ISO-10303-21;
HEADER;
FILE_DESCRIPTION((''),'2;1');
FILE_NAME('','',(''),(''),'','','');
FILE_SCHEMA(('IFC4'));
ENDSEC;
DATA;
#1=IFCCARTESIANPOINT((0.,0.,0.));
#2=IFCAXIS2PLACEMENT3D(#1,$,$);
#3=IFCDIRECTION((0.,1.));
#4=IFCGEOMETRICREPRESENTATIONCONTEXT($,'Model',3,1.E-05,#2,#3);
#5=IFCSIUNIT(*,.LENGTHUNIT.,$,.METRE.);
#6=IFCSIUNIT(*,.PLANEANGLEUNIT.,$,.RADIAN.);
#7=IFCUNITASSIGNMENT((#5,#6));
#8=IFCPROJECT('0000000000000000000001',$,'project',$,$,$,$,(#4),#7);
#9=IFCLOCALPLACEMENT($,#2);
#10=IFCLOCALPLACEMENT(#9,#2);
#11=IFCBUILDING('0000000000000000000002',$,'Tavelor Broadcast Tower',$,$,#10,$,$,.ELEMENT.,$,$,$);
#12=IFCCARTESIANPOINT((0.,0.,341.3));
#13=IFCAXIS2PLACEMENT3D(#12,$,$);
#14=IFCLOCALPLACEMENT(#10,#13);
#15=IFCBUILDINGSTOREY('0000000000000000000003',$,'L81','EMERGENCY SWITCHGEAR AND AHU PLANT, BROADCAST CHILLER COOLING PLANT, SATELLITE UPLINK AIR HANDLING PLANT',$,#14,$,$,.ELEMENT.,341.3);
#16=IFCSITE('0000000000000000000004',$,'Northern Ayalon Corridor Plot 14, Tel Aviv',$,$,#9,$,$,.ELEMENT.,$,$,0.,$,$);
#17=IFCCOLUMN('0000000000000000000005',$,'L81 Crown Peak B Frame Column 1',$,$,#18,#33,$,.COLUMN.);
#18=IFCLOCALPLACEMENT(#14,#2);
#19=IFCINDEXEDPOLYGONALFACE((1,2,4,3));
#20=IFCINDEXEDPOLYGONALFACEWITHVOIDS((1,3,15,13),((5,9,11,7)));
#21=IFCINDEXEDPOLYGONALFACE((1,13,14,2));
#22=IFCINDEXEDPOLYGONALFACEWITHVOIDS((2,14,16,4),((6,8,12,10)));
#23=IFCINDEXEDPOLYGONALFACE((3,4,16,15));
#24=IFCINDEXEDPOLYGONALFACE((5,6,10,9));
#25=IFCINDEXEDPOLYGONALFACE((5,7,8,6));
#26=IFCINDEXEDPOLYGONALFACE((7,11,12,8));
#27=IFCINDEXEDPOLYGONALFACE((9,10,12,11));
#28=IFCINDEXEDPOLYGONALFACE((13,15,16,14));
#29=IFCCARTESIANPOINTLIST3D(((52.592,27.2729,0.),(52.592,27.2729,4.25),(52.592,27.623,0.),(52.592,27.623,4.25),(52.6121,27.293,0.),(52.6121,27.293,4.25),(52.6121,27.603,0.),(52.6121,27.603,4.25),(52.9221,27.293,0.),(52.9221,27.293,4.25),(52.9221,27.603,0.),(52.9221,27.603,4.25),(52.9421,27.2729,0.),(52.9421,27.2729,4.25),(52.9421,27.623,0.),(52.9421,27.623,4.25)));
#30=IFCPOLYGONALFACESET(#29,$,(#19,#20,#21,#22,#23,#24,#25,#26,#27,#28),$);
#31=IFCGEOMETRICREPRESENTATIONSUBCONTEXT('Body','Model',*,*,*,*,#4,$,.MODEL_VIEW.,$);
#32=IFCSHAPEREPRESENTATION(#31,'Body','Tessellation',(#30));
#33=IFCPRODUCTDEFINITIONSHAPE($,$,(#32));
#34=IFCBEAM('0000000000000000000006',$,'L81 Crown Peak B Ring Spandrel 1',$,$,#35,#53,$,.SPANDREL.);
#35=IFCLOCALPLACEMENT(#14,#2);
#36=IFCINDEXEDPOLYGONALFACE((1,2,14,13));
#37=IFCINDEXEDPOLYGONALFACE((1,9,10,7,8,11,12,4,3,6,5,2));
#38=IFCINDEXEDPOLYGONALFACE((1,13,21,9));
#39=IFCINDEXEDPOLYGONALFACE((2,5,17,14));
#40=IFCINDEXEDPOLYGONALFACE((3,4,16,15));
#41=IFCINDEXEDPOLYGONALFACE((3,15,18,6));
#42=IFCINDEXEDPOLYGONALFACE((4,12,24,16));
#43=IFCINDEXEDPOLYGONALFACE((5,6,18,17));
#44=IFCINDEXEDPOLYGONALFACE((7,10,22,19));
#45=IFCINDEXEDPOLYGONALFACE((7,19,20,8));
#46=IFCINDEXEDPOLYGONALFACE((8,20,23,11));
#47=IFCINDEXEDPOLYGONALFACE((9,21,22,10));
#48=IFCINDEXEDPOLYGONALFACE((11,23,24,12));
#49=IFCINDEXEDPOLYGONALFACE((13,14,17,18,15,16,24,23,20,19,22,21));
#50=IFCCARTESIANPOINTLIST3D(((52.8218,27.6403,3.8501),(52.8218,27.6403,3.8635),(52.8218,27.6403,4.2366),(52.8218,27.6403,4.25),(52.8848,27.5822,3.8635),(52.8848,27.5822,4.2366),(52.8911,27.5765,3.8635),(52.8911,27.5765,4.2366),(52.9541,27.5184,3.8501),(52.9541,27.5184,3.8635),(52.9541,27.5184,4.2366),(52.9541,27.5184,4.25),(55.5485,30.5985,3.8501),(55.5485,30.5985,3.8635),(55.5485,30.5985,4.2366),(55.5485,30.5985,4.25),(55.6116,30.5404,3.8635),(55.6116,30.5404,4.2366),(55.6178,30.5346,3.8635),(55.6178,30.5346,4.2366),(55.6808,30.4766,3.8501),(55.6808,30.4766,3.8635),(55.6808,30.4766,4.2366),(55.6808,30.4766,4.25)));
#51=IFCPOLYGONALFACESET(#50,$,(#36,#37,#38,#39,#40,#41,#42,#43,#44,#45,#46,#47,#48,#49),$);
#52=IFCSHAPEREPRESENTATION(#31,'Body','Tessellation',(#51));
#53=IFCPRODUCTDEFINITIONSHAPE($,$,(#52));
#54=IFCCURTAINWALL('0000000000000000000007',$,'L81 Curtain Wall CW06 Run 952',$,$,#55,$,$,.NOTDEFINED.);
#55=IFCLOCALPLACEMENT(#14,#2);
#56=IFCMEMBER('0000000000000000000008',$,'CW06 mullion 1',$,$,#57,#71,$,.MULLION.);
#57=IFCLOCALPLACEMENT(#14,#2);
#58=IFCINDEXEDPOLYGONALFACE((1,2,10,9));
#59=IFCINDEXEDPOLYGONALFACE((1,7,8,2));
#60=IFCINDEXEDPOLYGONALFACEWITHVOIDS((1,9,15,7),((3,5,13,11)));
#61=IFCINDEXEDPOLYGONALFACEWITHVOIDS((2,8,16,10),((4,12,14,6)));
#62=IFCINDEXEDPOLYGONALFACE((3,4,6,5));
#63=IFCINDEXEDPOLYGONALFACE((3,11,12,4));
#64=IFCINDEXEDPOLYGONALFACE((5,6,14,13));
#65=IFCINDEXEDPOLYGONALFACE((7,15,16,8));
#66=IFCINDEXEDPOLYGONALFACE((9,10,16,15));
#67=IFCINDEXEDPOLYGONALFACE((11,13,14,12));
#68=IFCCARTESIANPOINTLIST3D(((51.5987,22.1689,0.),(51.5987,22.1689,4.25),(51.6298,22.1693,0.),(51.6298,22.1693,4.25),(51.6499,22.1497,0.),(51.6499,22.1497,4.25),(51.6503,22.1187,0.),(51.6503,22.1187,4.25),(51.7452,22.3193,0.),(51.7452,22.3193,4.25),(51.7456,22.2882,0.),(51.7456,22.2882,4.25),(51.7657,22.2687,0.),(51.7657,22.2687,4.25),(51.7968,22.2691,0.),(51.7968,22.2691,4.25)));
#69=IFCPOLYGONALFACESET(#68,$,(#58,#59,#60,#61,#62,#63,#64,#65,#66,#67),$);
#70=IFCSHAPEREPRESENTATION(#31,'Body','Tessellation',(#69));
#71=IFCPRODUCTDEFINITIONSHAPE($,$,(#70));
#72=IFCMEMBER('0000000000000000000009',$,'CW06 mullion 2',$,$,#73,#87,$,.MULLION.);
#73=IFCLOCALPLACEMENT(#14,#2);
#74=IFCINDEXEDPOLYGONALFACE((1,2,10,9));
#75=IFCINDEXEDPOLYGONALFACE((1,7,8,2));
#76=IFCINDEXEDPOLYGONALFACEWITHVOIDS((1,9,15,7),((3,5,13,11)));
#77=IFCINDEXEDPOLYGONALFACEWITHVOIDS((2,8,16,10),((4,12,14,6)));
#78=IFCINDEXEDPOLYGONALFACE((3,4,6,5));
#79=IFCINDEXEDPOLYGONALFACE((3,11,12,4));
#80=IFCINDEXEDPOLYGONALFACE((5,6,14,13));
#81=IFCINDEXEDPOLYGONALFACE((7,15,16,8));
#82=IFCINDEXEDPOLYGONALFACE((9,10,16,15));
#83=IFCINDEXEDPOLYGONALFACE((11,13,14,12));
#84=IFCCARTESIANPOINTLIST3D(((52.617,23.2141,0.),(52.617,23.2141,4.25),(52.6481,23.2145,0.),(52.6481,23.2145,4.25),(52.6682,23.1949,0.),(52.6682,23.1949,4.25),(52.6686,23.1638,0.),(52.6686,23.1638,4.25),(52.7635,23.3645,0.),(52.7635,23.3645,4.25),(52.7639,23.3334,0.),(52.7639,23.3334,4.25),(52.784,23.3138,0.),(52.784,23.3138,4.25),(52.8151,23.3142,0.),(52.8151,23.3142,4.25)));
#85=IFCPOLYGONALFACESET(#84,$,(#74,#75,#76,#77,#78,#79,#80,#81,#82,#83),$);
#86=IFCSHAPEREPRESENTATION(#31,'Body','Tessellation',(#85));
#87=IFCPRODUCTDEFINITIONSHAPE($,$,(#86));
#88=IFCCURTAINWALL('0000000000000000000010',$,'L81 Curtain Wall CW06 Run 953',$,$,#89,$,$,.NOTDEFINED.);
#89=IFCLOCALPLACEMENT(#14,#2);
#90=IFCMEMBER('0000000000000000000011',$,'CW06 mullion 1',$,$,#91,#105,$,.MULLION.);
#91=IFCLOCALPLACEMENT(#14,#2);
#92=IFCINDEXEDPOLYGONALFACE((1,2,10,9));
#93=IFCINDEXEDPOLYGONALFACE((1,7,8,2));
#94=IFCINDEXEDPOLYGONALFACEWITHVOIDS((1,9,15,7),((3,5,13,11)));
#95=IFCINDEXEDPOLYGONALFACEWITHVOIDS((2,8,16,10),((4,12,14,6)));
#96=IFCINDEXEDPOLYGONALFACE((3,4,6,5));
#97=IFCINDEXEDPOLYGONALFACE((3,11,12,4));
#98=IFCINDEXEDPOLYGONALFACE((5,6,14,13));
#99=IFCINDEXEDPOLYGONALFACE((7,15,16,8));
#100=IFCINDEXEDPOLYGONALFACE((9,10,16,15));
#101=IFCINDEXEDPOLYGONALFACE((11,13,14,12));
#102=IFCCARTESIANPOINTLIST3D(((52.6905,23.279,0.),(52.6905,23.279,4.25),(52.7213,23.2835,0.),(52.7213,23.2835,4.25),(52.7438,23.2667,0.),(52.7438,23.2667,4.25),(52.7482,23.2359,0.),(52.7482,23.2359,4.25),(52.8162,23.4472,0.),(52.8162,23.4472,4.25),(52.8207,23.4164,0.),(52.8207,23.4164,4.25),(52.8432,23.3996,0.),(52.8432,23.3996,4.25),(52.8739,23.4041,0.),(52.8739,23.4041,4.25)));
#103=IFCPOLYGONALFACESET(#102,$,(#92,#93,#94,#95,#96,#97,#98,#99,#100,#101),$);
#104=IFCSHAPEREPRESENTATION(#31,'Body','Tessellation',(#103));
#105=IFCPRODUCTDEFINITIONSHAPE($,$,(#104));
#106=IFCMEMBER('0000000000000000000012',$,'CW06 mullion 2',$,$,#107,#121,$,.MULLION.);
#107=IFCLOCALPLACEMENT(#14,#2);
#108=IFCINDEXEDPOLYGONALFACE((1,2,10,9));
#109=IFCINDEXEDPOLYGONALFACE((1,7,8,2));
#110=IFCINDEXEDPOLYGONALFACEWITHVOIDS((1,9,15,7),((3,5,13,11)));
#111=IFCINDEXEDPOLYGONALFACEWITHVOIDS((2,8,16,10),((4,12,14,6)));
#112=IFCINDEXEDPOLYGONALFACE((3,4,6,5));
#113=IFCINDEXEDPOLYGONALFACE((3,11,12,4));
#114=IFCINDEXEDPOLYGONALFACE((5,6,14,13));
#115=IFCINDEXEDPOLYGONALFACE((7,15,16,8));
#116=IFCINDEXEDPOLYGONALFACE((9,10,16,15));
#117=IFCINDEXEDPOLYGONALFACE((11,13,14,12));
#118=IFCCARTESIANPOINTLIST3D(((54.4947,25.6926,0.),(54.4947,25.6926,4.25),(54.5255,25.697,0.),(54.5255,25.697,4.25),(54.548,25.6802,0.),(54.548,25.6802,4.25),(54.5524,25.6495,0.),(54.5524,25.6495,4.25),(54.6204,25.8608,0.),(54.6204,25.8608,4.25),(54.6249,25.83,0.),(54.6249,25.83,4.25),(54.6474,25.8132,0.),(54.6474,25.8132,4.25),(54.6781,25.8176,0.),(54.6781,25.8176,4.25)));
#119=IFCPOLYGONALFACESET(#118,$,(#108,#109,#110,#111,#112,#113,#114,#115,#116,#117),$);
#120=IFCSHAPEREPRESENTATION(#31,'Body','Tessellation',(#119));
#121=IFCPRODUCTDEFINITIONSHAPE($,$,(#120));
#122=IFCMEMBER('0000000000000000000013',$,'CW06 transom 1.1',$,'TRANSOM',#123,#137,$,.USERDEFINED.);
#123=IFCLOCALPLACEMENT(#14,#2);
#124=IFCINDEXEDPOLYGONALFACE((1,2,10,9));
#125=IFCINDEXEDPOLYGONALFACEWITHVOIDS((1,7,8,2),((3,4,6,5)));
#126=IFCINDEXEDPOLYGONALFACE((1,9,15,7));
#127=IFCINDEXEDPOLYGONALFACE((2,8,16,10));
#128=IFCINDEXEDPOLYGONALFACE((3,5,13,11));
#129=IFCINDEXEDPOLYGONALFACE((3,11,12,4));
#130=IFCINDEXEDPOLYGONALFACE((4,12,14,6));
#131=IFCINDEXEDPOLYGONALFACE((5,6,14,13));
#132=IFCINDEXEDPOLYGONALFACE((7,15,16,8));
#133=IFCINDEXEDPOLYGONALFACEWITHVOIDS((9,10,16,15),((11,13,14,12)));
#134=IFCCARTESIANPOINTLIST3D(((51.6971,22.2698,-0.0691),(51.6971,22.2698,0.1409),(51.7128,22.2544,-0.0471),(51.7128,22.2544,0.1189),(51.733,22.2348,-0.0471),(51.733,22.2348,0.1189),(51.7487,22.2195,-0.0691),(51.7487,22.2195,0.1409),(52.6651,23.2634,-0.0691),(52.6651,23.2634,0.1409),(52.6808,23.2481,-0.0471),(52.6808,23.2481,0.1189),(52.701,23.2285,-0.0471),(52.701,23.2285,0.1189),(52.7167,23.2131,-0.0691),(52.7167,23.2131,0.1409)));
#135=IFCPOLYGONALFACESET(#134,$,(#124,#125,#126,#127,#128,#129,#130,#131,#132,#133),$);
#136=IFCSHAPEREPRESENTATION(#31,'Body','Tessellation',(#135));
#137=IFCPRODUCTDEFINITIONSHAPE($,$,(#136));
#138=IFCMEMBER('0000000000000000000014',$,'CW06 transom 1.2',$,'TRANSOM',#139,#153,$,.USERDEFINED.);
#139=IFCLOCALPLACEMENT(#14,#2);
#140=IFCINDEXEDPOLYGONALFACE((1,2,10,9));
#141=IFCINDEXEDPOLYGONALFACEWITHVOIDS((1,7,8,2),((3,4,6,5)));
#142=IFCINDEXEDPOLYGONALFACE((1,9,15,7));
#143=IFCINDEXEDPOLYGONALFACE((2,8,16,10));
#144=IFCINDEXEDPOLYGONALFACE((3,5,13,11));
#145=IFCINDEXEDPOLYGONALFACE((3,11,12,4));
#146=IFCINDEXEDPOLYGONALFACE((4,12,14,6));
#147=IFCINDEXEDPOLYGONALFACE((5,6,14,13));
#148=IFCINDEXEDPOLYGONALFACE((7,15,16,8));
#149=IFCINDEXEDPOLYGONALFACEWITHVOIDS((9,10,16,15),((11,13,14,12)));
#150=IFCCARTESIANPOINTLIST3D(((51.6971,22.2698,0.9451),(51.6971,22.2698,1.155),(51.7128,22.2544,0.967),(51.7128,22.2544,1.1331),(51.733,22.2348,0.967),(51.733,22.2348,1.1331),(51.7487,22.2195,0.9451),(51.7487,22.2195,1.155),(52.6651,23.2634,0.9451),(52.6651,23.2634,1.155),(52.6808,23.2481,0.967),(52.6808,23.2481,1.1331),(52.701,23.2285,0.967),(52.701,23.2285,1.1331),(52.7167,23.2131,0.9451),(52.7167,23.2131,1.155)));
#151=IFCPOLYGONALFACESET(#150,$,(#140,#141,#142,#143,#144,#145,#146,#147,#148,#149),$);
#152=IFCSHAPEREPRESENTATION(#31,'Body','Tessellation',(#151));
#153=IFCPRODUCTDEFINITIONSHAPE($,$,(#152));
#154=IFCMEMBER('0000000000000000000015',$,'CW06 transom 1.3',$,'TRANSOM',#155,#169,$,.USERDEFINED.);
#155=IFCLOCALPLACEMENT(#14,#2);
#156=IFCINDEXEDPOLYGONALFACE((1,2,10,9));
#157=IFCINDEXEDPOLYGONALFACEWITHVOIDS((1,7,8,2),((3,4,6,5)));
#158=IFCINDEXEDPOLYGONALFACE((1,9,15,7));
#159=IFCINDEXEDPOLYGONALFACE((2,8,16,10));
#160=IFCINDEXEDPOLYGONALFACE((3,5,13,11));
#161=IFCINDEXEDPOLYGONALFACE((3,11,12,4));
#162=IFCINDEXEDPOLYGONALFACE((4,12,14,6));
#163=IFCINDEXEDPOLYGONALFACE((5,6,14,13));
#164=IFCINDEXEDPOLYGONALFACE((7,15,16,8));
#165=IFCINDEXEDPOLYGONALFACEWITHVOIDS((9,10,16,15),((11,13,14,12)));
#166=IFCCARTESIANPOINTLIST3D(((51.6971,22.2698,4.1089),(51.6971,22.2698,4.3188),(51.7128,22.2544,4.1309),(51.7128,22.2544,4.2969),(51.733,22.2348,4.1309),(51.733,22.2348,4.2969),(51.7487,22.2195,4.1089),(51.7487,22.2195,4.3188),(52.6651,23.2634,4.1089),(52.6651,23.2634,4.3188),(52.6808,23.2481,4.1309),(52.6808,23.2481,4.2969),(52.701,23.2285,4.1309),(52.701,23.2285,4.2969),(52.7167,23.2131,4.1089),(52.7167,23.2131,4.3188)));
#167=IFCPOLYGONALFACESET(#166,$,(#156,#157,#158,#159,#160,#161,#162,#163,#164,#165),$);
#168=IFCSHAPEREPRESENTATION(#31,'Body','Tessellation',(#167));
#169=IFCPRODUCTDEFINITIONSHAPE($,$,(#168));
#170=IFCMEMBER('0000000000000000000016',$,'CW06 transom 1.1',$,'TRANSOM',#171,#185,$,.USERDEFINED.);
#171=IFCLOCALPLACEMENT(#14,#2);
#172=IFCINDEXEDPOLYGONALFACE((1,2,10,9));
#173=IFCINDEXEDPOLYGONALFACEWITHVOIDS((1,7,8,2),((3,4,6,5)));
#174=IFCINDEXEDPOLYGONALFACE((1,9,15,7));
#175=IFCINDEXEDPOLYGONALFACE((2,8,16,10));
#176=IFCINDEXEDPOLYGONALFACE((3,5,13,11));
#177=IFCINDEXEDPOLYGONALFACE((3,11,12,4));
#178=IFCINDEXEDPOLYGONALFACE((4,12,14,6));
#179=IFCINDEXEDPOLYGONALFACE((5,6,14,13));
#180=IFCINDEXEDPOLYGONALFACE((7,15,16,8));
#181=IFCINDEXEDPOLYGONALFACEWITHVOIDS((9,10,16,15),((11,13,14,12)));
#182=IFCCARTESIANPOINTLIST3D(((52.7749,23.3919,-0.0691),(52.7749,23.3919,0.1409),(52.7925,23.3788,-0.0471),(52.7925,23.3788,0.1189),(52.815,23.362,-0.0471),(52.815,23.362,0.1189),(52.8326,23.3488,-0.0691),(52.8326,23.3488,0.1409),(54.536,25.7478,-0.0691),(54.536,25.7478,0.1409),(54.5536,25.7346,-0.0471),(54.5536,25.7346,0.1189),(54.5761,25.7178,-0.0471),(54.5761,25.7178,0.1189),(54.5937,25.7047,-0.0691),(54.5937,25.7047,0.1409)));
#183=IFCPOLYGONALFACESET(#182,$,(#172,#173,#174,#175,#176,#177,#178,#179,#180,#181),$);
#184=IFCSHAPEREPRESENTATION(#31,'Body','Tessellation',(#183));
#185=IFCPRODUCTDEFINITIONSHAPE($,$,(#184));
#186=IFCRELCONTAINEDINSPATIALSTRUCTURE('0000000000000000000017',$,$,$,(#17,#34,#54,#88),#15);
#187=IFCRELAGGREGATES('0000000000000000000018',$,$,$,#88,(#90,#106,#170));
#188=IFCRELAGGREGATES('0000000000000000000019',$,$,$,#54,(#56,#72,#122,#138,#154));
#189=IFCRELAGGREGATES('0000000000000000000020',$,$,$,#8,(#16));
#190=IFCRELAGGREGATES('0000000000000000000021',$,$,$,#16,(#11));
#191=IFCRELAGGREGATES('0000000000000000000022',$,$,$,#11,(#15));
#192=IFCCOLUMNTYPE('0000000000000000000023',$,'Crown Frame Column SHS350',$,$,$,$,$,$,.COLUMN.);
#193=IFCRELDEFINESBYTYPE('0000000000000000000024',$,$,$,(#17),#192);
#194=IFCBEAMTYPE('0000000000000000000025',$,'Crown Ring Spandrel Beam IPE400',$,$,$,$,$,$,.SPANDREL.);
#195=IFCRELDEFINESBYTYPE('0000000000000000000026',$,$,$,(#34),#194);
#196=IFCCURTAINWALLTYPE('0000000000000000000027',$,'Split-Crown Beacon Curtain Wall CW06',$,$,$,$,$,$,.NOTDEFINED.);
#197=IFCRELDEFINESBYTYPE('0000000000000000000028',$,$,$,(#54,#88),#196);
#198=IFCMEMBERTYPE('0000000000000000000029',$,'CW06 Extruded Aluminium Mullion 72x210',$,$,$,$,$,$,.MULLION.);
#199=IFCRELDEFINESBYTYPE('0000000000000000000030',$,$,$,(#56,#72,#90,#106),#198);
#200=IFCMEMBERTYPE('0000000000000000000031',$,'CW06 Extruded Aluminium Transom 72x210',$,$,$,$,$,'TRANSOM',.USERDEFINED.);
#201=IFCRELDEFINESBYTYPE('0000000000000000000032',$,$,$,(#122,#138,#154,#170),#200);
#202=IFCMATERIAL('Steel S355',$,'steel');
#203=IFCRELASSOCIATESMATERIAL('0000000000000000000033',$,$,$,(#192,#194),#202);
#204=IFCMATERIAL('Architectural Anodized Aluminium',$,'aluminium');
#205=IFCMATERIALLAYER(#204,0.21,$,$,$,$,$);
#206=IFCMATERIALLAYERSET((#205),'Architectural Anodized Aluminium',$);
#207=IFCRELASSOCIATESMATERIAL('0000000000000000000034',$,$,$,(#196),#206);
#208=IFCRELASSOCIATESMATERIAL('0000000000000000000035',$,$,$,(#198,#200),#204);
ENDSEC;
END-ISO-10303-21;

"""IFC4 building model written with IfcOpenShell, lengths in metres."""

from ifc_helpers import new_model, si_unit, direction, frame, origin, origin_2d, place, context, subcontext, project, spatial, hollow_rectangle, i_section, extrude, source, transform, mapped, material, layer, layer_set, material_profile, profile_set, type_object, type_shapes, element, aggregate, save


model = new_model("IFC4")

# Units and contexts
model_context = context("Model", 3, precision=1e-05, world=origin(), true_north=direction((0.0, 1.0)))
body_context = subcontext(model_context, "Body", "Model", "MODEL_VIEW")
ifc_project = project(units=[si_unit("LENGTHUNIT", "METRE"), si_unit("PLANEANGLEUNIT", "RADIAN")], contexts=[model_context])

# Site, building, storey
site_placement = place(None, origin())
site = spatial("IfcSite", under=ifc_project, at=site_placement, Name="Northern Ayalon Corridor Plot 14, Tel Aviv", CompositionType="ELEMENT", RefElevation=0.0)
building_placement = place(site_placement, origin())
building = spatial("IfcBuilding", under=site, at=building_placement, Name="Tavelor Broadcast Tower", CompositionType="ELEMENT")
storey_placement = place(building_placement, frame((0.0, 0.0, 341.3)))
storey = spatial("IfcBuildingStorey", under=building, at=storey_placement, Name="L81", Description="EMERGENCY SWITCHGEAR AND AHU PLANT, BROADCAST CHILLER COOLING PLANT, SATELLITE UPLINK AIR HANDLING PLANT", CompositionType="ELEMENT", Elevation=341.3)

# Column
ifc_material_1 = material(Name="Steel S355", Category="steel")
ifc_material_profile_1 = material_profile(ifc_material_1, hollow_rectangle(XDim=0.3501, YDim=0.3501, WallThickness=0.02, at=origin_2d()), Name="SHS 350x350x20")
ifc_profile_set_1 = profile_set([ifc_material_profile_1], Name="Steel S355")
column_type = type_object("IfcColumnType", Name="Crown Frame Column SHS350", PredefinedType="COLUMN", material=ifc_profile_set_1)
column_placement = place(storey_placement, frame((52.7671, 27.448, 0.0), z_axis=(0.0, 0.0, 1.0), x_axis=(1.0, 0.0, 0.0)))
element("IfcColumn", 1, at=column_placement, inside=storey, type_object=column_type, Name="L81 Crown Peak B Frame Column 1", PredefinedType="COLUMN", context=body_context, shape_type="SweptSolid", body=[
    extrude(hollow_rectangle(XDim=0.3501, YDim=0.3501, WallThickness=0.02, at=origin_2d()), origin(), (0.0, 0.0, 1.0), 4.25),
])

# Beam
ifc_material_profile_2 = material_profile(ifc_material_1, i_section(OverallWidth=0.1799, OverallDepth=0.3999, WebThickness=0.0085, FlangeThickness=0.0134, at=origin_2d()), Name="IPE 400")
ifc_profile_set_2 = profile_set([ifc_material_profile_2], Name="Steel S355")
beam_type = type_object("IfcBeamType", Name="Crown Ring Spandrel Beam IPE400", PredefinedType="SPANDREL", material=ifc_profile_set_2)
beam_placement = place(storey_placement, frame((52.8879, 27.5793, 4.05), z_axis=(0.677758, 0.735285, 0.0), x_axis=(-0.735285, 0.677758, 0.0)))
element("IfcBeam", 2, at=beam_placement, inside=storey, type_object=beam_type, Name="L81 Crown Peak B Ring Spandrel 1", PredefinedType="SPANDREL", context=body_context, shape_type="SweptSolid", body=[
    extrude(i_section(OverallWidth=0.1799, OverallDepth=0.3999, WebThickness=0.0085, FlangeThickness=0.0134, at=origin_2d()), origin(), (0.0, 0.0, 1.0), 4.0232),
])

# Curtain walls, members
ifc_material_2 = material(Name="Architectural Anodized Aluminium", Category="aluminium")
ifc_layer_1 = layer(ifc_material_2, 0.21)
ifc_layer_set_1 = layer_set([ifc_layer_1], Name="Architectural Anodized Aluminium")
curtain_wall_type = type_object("IfcCurtainWallType", Name="Split-Crown Beacon Curtain Wall CW06", PredefinedType="NOTDEFINED", material=ifc_layer_set_1)
curtain_wall_1_placement = place(storey_placement, origin())
curtain_wall_1 = element("IfcCurtainWall", 3, at=curtain_wall_1_placement, inside=storey, type_object=curtain_wall_type, Name="L81 Curtain Wall CW06 Run 952", PredefinedType="NOTDEFINED")
ifc_material_profile_3 = material_profile(ifc_material_2, hollow_rectangle(XDim=0.072, YDim=0.21, WallThickness=0.022, at=origin_2d()), Name="RHS 72x210x22")
ifc_profile_set_3 = profile_set([ifc_material_profile_3], Name="Architectural Anodized Aluminium")
member_type_1 = type_object("IfcMemberType", Name="CW06 Extruded Aluminium Mullion 72x210", PredefinedType="MULLION", material=ifc_profile_set_3)
shared_shape_1 = source(origin(), body_context, "Body", "SweptSolid", [
    extrude(hollow_rectangle(XDim=0.072, YDim=0.21, WallThickness=0.022, at=origin_2d()), origin(), (0.0, 0.0, 1.0), 4.25),
])
type_shapes(member_type_1, [shared_shape_1])
member_1_placement = place(storey_placement, frame((51.6978, 22.219, 0.0), z_axis=(0.0, 0.0, 1.0), x_axis=(-0.716287, 0.697805, 0.0)))
member_1 = element("IfcMember", 4, at=member_1_placement, type_object=member_type_1, Name="CW06 mullion 1", PredefinedType="MULLION", context=body_context, shape_type="MappedRepresentation", body=[
    mapped(shared_shape_1, transform((0.0, 0.0, 0.0), scale=1.0)),
])
member_2_placement = place(storey_placement, frame((52.7161, 23.2642, 0.0), z_axis=(0.0, 0.0, 1.0), x_axis=(-0.716287, 0.697805, 0.0)))
member_2 = element("IfcMember", 5, at=member_2_placement, type_object=member_type_1, Name="CW06 mullion 2", PredefinedType="MULLION", context=body_context, shape_type="MappedRepresentation", body=[
    mapped(shared_shape_1, transform((0.0, 0.0, 0.0), scale=1.0)),
])
curtain_wall_2_placement = place(storey_placement, origin())
curtain_wall_2 = element("IfcCurtainWall", 6, at=curtain_wall_2_placement, inside=storey, type_object=curtain_wall_type, Name="L81 Curtain Wall CW06 Run 953", PredefinedType="NOTDEFINED")
member_3_placement = place(storey_placement, frame((52.7822, 23.3416, 0.0), z_axis=(0.0, 0.0, 1.0), x_axis=(-0.800934, 0.598753, 0.0)))
member_3 = element("IfcMember", 7, at=member_3_placement, type_object=member_type_1, Name="CW06 mullion 1", PredefinedType="MULLION", context=body_context, shape_type="MappedRepresentation", body=[
    mapped(shared_shape_1, transform((0.0, 0.0, 0.0), scale=1.0)),
])
member_4_placement = place(storey_placement, frame((54.5864, 25.7551, 0.0), z_axis=(0.0, 0.0, 1.0), x_axis=(-0.800934, 0.598753, 0.0)))
member_4 = element("IfcMember", 8, at=member_4_placement, type_object=member_type_1, Name="CW06 mullion 2", PredefinedType="MULLION", context=body_context, shape_type="MappedRepresentation", body=[
    mapped(shared_shape_1, transform((0.0, 0.0, 0.0), scale=1.0)),
])

# Members
ifc_material_profile_4 = material_profile(ifc_material_2, hollow_rectangle(XDim=0.072, YDim=0.21, WallThickness=0.022, at=origin_2d()), Name="RHS 72x210x22")
ifc_profile_set_4 = profile_set([ifc_material_profile_4], Name="Architectural Anodized Aluminium")
member_type_2 = type_object("IfcMemberType", Name="CW06 Extruded Aluminium Transom 72x210", ElementType="TRANSOM", PredefinedType="USERDEFINED", material=ifc_profile_set_4)
shared_shape_2 = source(origin(), body_context, "Body", "SweptSolid", [
    extrude(hollow_rectangle(XDim=0.072, YDim=0.21, WallThickness=0.022, at=origin_2d()), origin(), (0.0, 0.0, 1.0), 1.3872),
])
member_5_placement = place(storey_placement, frame((51.7229, 22.2446, 0.0359), z_axis=(0.697807, 0.716286, 0.0), x_axis=(-0.716286, 0.697807, 0.0)))
member_5 = element("IfcMember", 9, at=member_5_placement, type_object=member_type_2, Name="CW06 transom 1.1", ObjectType="TRANSOM", PredefinedType="USERDEFINED", context=body_context, shape_type="MappedRepresentation", body=[
    mapped(shared_shape_2, transform((0.0, 0.0, 0.0), scale=1.0)),
])
member_6_placement = place(storey_placement, frame((51.7229, 22.2446, 1.05), z_axis=(0.697807, 0.716286, 0.0), x_axis=(-0.716286, 0.697807, 0.0)))
member_6 = element("IfcMember", 10, at=member_6_placement, type_object=member_type_2, Name="CW06 transom 1.2", ObjectType="TRANSOM", PredefinedType="USERDEFINED", context=body_context, shape_type="MappedRepresentation", body=[
    mapped(shared_shape_2, transform((0.0, 0.0, 0.0), scale=1.0)),
])
member_7_placement = place(storey_placement, frame((51.7229, 22.2446, 4.2139), z_axis=(0.697807, 0.716286, 0.0), x_axis=(-0.716286, 0.697807, 0.0)))
member_7 = element("IfcMember", 11, at=member_7_placement, type_object=member_type_2, Name="CW06 transom 1.3", ObjectType="TRANSOM", PredefinedType="USERDEFINED", context=body_context, shape_type="MappedRepresentation", body=[
    mapped(shared_shape_2, transform((0.0, 0.0, 0.0), scale=1.0)),
])
shared_shape_3 = source(origin(), body_context, "Body", "SweptSolid", [
    extrude(hollow_rectangle(XDim=0.072, YDim=0.21, WallThickness=0.022, at=origin_2d()), origin(), (0.0, 0.0, 1.0), 2.9414),
])
type_shapes(member_type_2, [shared_shape_2, shared_shape_3])
member_8_placement = place(storey_placement, frame((52.8037, 23.3704, 0.0359), z_axis=(0.598751, 0.800935, 0.0), x_axis=(-0.800935, 0.598751, 0.0)))
member_8 = element("IfcMember", 12, at=member_8_placement, type_object=member_type_2, Name="CW06 transom 1.1", ObjectType="TRANSOM", PredefinedType="USERDEFINED", context=body_context, shape_type="MappedRepresentation", body=[
    mapped(shared_shape_3, transform((0.0, 0.0, 0.0), scale=1.0)),
])

aggregate(curtain_wall_2, [member_3, member_4, member_8])
aggregate(curtain_wall_1, [member_1, member_2, member_5, member_6, member_7])

save(model, "model.ifc")
